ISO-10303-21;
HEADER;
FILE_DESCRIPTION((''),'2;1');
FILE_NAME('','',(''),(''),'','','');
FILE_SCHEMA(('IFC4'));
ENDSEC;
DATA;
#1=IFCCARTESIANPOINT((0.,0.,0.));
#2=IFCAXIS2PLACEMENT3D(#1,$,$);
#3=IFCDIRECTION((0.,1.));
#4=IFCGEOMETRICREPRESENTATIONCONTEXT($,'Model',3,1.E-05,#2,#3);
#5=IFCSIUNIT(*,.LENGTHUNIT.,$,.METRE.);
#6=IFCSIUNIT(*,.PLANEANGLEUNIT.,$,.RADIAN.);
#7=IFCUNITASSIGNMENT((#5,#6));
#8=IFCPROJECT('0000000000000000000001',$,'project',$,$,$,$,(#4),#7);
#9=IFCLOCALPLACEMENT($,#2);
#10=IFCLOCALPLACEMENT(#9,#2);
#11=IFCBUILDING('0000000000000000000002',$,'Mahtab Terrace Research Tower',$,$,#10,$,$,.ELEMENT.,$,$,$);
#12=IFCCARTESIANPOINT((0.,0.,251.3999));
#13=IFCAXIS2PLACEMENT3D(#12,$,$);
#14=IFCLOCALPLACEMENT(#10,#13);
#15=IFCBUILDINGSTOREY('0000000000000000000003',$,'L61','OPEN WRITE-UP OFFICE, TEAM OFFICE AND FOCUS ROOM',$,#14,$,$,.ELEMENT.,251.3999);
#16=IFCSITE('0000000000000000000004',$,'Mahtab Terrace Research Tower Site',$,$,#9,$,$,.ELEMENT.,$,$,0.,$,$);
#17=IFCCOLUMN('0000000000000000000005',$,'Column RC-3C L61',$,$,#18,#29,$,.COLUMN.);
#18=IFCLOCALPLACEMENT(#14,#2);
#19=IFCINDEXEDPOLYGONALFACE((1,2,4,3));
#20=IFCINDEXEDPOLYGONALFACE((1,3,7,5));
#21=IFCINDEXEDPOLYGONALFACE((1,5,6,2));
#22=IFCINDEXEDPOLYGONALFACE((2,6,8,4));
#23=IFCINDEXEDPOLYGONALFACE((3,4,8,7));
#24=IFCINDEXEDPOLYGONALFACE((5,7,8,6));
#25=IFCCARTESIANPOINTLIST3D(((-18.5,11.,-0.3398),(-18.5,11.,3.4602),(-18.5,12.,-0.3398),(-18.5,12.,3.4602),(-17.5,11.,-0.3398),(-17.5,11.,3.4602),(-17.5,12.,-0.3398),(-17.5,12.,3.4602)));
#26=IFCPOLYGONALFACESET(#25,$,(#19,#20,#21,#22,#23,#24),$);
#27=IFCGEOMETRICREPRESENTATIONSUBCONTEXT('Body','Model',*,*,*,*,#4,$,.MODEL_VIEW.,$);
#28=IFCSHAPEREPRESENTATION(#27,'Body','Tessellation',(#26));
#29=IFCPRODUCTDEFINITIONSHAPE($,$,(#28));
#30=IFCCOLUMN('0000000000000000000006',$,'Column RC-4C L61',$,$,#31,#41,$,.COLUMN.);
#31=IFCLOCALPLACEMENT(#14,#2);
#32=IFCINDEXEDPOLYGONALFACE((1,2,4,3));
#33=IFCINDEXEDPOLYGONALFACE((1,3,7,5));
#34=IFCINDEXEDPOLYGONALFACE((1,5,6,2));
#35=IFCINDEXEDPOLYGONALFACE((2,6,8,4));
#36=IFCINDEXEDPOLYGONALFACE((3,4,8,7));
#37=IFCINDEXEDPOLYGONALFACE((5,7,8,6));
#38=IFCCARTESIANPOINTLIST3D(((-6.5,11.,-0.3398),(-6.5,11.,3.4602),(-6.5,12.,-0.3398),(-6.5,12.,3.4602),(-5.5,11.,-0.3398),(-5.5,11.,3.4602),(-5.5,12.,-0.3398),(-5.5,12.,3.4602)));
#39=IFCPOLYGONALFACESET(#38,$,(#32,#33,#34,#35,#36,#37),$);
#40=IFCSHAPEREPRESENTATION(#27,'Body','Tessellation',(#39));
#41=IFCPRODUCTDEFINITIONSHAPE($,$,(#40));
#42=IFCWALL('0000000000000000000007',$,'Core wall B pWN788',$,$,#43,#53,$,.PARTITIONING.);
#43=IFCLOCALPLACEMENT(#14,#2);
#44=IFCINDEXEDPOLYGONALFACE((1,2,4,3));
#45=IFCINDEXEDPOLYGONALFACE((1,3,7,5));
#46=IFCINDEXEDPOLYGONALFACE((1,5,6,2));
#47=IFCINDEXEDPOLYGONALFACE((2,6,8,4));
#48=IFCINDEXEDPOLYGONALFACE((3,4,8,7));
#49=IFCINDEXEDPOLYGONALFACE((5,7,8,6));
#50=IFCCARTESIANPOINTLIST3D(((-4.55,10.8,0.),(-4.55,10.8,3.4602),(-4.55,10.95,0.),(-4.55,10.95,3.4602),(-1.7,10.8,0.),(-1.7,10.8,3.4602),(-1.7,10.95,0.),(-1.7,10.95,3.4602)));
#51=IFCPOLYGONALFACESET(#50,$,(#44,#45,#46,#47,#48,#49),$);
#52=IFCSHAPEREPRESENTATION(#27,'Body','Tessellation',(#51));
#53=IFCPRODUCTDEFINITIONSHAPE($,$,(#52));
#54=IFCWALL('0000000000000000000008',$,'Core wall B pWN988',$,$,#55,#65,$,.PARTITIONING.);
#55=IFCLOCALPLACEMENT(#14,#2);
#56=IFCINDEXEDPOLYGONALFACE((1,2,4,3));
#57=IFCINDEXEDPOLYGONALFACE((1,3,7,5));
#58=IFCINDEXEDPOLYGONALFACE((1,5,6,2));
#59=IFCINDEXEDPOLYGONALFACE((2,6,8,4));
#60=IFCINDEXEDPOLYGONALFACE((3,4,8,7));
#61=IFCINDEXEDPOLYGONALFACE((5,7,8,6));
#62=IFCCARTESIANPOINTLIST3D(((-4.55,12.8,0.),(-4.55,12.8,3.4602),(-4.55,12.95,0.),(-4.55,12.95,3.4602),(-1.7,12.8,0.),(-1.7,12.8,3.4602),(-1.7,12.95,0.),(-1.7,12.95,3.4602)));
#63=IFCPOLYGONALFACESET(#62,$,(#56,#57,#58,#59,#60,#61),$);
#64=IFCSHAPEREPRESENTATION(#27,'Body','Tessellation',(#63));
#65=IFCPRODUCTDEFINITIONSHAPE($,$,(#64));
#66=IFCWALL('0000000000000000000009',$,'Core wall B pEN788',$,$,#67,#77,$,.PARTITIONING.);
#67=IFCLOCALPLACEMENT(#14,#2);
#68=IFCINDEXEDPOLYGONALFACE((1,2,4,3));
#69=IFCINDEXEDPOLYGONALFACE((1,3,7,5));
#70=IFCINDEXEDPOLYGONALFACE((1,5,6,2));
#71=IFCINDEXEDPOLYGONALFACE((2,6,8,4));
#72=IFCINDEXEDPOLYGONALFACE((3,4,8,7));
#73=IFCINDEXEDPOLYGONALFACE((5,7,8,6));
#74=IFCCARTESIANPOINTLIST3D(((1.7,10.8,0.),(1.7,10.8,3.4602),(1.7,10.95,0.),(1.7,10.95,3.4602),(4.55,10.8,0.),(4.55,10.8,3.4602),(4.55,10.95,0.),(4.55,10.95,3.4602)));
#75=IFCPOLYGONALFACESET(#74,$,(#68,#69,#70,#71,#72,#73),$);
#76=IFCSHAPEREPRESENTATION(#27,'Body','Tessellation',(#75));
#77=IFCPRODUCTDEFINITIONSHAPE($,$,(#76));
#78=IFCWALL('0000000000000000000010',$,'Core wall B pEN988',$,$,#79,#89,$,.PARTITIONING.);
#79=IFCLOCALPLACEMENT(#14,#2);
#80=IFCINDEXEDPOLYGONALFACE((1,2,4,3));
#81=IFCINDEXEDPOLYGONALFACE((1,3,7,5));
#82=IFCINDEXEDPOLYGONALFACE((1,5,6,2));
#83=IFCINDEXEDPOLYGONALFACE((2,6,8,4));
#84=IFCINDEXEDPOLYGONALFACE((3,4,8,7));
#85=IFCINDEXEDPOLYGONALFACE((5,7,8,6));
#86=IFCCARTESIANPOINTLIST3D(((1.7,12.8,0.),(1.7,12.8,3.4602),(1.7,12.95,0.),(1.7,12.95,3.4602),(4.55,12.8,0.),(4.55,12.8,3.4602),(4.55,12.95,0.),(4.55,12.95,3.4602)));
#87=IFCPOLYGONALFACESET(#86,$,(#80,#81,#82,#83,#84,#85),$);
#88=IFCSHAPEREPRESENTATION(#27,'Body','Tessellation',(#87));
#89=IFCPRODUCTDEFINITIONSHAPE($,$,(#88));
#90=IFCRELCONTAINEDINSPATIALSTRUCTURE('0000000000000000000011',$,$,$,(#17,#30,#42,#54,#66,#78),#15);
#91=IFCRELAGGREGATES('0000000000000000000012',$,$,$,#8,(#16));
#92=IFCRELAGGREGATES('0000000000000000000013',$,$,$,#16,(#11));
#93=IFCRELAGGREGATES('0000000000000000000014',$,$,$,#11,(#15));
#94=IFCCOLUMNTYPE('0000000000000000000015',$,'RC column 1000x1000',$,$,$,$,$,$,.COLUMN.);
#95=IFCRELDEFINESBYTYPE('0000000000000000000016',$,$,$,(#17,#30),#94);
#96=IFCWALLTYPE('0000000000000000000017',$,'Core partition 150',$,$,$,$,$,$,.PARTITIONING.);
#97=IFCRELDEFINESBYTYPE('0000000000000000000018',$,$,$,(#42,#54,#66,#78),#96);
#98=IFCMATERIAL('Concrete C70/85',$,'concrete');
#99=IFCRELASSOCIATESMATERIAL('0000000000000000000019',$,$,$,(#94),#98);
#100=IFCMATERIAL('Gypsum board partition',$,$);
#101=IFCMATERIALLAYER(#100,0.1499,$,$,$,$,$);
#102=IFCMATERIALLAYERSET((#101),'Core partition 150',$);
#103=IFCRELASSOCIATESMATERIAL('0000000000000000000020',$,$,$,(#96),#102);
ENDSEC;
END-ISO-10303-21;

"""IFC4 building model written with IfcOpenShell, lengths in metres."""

from ifc_helpers import new_model, si_unit, direction, frame, frame_2d, origin, origin_2d, place, context, subcontext, project, spatial, rectangle, extrude, material, layer, layer_set, material_profile, profile_set, type_object, element, save


model = new_model("IFC4")

# Units and contexts
model_context = context("Model", 3, precision=1e-05, world=origin(), true_north=direction((0.0, 1.0)))
body_context = subcontext(model_context, "Body", "Model", "MODEL_VIEW")
ifc_project = project(units=[si_unit("LENGTHUNIT", "METRE"), si_unit("PLANEANGLEUNIT", "RADIAN")], contexts=[model_context])

# Site, building, storey
site_placement = place(None, origin())
site = spatial("IfcSite", under=ifc_project, at=site_placement, Name="Mahtab Terrace Research Tower Site", CompositionType="ELEMENT", RefElevation=0.0)
building_placement = place(site_placement, origin())
building = spatial("IfcBuilding", under=site, at=building_placement, Name="Mahtab Terrace Research Tower", CompositionType="ELEMENT")
storey_placement = place(building_placement, frame((0.0, 0.0, 251.3999)))
storey = spatial("IfcBuildingStorey", under=building, at=storey_placement, Name="L61", Description="OPEN WRITE-UP OFFICE, TEAM OFFICE AND FOCUS ROOM", CompositionType="ELEMENT", Elevation=251.3999)

# Columns
ifc_material_1 = material(Name="Concrete C70/85", Category="concrete")
ifc_material_profile = material_profile(ifc_material_1, rectangle(XDim=1.0, YDim=1.0, at=origin_2d()), Name="RC column 1000x1000")
ifc_profile_set = profile_set([ifc_material_profile], Name="Concrete C70/85")
column_type = type_object("IfcColumnType", Name="RC column 1000x1000", PredefinedType="COLUMN", material=ifc_profile_set)
for number, where, z_axis, x_axis, name in (
    (1, (-18.0, 11.5, -0.3398), (0.0, 0.0, 1.0), (1.0, 0.0, 0.0), "Column RC-3C L61"),
    (2, (-6.0, 11.5, -0.3398), (0.0, 0.0, 1.0), (1.0, 0.0, 0.0), "Column RC-4C L61"),
):
    element("IfcColumn", number, at=place(storey_placement, frame(where, z_axis=z_axis, x_axis=x_axis)), inside=storey, type_object=column_type, Name=name, PredefinedType="COLUMN", context=body_context, shape_type="SweptSolid", body=[
        extrude(rectangle(XDim=1.0, YDim=1.0, at=origin_2d()), origin(), (0.0, 0.0, 1.0), 3.8),
    ])

# Walls
ifc_material_2 = material(Name="Gypsum board partition")
ifc_layer_1 = layer(ifc_material_2, 0.1499)
ifc_layer_set_1 = layer_set([ifc_layer_1], Name="Core partition 150")
wall_type_1 = type_object("IfcWallType", Name="Core partition 150", PredefinedType="PARTITIONING", material=ifc_layer_set_1)
for number, where, z_axis, x_axis, name in (
    (3, (-4.55, 10.875, 0.0), (0.0, 0.0, 1.0), (1.0, 0.0, 0.0), "Core wall B pWN788"),
    (4, (-4.55, 12.875, 0.0), (0.0, 0.0, 1.0), (1.0, 0.0, 0.0), "Core wall B pWN988"),
    (5, (1.7, 10.875, 0.0), (0.0, 0.0, 1.0), (1.0, 0.0, 0.0), "Core wall B pEN788"),
    (6, (1.7, 12.875, 0.0), (0.0, 0.0, 1.0), (1.0, 0.0, 0.0), "Core wall B pEN988"),
):
    element("IfcWall", number, at=place(storey_placement, frame(where, z_axis=z_axis, x_axis=x_axis)), inside=storey, type_object=wall_type_1, Name=name, PredefinedType="PARTITIONING", context=body_context, shape_type="SweptSolid", body=[
        extrude(rectangle(XDim=2.8501, YDim=0.1499, at=frame_2d((1.425, 0.0))), origin(), (0.0, 0.0, 1.0), 3.4602),
    ])

save(model, "model.ifc")
